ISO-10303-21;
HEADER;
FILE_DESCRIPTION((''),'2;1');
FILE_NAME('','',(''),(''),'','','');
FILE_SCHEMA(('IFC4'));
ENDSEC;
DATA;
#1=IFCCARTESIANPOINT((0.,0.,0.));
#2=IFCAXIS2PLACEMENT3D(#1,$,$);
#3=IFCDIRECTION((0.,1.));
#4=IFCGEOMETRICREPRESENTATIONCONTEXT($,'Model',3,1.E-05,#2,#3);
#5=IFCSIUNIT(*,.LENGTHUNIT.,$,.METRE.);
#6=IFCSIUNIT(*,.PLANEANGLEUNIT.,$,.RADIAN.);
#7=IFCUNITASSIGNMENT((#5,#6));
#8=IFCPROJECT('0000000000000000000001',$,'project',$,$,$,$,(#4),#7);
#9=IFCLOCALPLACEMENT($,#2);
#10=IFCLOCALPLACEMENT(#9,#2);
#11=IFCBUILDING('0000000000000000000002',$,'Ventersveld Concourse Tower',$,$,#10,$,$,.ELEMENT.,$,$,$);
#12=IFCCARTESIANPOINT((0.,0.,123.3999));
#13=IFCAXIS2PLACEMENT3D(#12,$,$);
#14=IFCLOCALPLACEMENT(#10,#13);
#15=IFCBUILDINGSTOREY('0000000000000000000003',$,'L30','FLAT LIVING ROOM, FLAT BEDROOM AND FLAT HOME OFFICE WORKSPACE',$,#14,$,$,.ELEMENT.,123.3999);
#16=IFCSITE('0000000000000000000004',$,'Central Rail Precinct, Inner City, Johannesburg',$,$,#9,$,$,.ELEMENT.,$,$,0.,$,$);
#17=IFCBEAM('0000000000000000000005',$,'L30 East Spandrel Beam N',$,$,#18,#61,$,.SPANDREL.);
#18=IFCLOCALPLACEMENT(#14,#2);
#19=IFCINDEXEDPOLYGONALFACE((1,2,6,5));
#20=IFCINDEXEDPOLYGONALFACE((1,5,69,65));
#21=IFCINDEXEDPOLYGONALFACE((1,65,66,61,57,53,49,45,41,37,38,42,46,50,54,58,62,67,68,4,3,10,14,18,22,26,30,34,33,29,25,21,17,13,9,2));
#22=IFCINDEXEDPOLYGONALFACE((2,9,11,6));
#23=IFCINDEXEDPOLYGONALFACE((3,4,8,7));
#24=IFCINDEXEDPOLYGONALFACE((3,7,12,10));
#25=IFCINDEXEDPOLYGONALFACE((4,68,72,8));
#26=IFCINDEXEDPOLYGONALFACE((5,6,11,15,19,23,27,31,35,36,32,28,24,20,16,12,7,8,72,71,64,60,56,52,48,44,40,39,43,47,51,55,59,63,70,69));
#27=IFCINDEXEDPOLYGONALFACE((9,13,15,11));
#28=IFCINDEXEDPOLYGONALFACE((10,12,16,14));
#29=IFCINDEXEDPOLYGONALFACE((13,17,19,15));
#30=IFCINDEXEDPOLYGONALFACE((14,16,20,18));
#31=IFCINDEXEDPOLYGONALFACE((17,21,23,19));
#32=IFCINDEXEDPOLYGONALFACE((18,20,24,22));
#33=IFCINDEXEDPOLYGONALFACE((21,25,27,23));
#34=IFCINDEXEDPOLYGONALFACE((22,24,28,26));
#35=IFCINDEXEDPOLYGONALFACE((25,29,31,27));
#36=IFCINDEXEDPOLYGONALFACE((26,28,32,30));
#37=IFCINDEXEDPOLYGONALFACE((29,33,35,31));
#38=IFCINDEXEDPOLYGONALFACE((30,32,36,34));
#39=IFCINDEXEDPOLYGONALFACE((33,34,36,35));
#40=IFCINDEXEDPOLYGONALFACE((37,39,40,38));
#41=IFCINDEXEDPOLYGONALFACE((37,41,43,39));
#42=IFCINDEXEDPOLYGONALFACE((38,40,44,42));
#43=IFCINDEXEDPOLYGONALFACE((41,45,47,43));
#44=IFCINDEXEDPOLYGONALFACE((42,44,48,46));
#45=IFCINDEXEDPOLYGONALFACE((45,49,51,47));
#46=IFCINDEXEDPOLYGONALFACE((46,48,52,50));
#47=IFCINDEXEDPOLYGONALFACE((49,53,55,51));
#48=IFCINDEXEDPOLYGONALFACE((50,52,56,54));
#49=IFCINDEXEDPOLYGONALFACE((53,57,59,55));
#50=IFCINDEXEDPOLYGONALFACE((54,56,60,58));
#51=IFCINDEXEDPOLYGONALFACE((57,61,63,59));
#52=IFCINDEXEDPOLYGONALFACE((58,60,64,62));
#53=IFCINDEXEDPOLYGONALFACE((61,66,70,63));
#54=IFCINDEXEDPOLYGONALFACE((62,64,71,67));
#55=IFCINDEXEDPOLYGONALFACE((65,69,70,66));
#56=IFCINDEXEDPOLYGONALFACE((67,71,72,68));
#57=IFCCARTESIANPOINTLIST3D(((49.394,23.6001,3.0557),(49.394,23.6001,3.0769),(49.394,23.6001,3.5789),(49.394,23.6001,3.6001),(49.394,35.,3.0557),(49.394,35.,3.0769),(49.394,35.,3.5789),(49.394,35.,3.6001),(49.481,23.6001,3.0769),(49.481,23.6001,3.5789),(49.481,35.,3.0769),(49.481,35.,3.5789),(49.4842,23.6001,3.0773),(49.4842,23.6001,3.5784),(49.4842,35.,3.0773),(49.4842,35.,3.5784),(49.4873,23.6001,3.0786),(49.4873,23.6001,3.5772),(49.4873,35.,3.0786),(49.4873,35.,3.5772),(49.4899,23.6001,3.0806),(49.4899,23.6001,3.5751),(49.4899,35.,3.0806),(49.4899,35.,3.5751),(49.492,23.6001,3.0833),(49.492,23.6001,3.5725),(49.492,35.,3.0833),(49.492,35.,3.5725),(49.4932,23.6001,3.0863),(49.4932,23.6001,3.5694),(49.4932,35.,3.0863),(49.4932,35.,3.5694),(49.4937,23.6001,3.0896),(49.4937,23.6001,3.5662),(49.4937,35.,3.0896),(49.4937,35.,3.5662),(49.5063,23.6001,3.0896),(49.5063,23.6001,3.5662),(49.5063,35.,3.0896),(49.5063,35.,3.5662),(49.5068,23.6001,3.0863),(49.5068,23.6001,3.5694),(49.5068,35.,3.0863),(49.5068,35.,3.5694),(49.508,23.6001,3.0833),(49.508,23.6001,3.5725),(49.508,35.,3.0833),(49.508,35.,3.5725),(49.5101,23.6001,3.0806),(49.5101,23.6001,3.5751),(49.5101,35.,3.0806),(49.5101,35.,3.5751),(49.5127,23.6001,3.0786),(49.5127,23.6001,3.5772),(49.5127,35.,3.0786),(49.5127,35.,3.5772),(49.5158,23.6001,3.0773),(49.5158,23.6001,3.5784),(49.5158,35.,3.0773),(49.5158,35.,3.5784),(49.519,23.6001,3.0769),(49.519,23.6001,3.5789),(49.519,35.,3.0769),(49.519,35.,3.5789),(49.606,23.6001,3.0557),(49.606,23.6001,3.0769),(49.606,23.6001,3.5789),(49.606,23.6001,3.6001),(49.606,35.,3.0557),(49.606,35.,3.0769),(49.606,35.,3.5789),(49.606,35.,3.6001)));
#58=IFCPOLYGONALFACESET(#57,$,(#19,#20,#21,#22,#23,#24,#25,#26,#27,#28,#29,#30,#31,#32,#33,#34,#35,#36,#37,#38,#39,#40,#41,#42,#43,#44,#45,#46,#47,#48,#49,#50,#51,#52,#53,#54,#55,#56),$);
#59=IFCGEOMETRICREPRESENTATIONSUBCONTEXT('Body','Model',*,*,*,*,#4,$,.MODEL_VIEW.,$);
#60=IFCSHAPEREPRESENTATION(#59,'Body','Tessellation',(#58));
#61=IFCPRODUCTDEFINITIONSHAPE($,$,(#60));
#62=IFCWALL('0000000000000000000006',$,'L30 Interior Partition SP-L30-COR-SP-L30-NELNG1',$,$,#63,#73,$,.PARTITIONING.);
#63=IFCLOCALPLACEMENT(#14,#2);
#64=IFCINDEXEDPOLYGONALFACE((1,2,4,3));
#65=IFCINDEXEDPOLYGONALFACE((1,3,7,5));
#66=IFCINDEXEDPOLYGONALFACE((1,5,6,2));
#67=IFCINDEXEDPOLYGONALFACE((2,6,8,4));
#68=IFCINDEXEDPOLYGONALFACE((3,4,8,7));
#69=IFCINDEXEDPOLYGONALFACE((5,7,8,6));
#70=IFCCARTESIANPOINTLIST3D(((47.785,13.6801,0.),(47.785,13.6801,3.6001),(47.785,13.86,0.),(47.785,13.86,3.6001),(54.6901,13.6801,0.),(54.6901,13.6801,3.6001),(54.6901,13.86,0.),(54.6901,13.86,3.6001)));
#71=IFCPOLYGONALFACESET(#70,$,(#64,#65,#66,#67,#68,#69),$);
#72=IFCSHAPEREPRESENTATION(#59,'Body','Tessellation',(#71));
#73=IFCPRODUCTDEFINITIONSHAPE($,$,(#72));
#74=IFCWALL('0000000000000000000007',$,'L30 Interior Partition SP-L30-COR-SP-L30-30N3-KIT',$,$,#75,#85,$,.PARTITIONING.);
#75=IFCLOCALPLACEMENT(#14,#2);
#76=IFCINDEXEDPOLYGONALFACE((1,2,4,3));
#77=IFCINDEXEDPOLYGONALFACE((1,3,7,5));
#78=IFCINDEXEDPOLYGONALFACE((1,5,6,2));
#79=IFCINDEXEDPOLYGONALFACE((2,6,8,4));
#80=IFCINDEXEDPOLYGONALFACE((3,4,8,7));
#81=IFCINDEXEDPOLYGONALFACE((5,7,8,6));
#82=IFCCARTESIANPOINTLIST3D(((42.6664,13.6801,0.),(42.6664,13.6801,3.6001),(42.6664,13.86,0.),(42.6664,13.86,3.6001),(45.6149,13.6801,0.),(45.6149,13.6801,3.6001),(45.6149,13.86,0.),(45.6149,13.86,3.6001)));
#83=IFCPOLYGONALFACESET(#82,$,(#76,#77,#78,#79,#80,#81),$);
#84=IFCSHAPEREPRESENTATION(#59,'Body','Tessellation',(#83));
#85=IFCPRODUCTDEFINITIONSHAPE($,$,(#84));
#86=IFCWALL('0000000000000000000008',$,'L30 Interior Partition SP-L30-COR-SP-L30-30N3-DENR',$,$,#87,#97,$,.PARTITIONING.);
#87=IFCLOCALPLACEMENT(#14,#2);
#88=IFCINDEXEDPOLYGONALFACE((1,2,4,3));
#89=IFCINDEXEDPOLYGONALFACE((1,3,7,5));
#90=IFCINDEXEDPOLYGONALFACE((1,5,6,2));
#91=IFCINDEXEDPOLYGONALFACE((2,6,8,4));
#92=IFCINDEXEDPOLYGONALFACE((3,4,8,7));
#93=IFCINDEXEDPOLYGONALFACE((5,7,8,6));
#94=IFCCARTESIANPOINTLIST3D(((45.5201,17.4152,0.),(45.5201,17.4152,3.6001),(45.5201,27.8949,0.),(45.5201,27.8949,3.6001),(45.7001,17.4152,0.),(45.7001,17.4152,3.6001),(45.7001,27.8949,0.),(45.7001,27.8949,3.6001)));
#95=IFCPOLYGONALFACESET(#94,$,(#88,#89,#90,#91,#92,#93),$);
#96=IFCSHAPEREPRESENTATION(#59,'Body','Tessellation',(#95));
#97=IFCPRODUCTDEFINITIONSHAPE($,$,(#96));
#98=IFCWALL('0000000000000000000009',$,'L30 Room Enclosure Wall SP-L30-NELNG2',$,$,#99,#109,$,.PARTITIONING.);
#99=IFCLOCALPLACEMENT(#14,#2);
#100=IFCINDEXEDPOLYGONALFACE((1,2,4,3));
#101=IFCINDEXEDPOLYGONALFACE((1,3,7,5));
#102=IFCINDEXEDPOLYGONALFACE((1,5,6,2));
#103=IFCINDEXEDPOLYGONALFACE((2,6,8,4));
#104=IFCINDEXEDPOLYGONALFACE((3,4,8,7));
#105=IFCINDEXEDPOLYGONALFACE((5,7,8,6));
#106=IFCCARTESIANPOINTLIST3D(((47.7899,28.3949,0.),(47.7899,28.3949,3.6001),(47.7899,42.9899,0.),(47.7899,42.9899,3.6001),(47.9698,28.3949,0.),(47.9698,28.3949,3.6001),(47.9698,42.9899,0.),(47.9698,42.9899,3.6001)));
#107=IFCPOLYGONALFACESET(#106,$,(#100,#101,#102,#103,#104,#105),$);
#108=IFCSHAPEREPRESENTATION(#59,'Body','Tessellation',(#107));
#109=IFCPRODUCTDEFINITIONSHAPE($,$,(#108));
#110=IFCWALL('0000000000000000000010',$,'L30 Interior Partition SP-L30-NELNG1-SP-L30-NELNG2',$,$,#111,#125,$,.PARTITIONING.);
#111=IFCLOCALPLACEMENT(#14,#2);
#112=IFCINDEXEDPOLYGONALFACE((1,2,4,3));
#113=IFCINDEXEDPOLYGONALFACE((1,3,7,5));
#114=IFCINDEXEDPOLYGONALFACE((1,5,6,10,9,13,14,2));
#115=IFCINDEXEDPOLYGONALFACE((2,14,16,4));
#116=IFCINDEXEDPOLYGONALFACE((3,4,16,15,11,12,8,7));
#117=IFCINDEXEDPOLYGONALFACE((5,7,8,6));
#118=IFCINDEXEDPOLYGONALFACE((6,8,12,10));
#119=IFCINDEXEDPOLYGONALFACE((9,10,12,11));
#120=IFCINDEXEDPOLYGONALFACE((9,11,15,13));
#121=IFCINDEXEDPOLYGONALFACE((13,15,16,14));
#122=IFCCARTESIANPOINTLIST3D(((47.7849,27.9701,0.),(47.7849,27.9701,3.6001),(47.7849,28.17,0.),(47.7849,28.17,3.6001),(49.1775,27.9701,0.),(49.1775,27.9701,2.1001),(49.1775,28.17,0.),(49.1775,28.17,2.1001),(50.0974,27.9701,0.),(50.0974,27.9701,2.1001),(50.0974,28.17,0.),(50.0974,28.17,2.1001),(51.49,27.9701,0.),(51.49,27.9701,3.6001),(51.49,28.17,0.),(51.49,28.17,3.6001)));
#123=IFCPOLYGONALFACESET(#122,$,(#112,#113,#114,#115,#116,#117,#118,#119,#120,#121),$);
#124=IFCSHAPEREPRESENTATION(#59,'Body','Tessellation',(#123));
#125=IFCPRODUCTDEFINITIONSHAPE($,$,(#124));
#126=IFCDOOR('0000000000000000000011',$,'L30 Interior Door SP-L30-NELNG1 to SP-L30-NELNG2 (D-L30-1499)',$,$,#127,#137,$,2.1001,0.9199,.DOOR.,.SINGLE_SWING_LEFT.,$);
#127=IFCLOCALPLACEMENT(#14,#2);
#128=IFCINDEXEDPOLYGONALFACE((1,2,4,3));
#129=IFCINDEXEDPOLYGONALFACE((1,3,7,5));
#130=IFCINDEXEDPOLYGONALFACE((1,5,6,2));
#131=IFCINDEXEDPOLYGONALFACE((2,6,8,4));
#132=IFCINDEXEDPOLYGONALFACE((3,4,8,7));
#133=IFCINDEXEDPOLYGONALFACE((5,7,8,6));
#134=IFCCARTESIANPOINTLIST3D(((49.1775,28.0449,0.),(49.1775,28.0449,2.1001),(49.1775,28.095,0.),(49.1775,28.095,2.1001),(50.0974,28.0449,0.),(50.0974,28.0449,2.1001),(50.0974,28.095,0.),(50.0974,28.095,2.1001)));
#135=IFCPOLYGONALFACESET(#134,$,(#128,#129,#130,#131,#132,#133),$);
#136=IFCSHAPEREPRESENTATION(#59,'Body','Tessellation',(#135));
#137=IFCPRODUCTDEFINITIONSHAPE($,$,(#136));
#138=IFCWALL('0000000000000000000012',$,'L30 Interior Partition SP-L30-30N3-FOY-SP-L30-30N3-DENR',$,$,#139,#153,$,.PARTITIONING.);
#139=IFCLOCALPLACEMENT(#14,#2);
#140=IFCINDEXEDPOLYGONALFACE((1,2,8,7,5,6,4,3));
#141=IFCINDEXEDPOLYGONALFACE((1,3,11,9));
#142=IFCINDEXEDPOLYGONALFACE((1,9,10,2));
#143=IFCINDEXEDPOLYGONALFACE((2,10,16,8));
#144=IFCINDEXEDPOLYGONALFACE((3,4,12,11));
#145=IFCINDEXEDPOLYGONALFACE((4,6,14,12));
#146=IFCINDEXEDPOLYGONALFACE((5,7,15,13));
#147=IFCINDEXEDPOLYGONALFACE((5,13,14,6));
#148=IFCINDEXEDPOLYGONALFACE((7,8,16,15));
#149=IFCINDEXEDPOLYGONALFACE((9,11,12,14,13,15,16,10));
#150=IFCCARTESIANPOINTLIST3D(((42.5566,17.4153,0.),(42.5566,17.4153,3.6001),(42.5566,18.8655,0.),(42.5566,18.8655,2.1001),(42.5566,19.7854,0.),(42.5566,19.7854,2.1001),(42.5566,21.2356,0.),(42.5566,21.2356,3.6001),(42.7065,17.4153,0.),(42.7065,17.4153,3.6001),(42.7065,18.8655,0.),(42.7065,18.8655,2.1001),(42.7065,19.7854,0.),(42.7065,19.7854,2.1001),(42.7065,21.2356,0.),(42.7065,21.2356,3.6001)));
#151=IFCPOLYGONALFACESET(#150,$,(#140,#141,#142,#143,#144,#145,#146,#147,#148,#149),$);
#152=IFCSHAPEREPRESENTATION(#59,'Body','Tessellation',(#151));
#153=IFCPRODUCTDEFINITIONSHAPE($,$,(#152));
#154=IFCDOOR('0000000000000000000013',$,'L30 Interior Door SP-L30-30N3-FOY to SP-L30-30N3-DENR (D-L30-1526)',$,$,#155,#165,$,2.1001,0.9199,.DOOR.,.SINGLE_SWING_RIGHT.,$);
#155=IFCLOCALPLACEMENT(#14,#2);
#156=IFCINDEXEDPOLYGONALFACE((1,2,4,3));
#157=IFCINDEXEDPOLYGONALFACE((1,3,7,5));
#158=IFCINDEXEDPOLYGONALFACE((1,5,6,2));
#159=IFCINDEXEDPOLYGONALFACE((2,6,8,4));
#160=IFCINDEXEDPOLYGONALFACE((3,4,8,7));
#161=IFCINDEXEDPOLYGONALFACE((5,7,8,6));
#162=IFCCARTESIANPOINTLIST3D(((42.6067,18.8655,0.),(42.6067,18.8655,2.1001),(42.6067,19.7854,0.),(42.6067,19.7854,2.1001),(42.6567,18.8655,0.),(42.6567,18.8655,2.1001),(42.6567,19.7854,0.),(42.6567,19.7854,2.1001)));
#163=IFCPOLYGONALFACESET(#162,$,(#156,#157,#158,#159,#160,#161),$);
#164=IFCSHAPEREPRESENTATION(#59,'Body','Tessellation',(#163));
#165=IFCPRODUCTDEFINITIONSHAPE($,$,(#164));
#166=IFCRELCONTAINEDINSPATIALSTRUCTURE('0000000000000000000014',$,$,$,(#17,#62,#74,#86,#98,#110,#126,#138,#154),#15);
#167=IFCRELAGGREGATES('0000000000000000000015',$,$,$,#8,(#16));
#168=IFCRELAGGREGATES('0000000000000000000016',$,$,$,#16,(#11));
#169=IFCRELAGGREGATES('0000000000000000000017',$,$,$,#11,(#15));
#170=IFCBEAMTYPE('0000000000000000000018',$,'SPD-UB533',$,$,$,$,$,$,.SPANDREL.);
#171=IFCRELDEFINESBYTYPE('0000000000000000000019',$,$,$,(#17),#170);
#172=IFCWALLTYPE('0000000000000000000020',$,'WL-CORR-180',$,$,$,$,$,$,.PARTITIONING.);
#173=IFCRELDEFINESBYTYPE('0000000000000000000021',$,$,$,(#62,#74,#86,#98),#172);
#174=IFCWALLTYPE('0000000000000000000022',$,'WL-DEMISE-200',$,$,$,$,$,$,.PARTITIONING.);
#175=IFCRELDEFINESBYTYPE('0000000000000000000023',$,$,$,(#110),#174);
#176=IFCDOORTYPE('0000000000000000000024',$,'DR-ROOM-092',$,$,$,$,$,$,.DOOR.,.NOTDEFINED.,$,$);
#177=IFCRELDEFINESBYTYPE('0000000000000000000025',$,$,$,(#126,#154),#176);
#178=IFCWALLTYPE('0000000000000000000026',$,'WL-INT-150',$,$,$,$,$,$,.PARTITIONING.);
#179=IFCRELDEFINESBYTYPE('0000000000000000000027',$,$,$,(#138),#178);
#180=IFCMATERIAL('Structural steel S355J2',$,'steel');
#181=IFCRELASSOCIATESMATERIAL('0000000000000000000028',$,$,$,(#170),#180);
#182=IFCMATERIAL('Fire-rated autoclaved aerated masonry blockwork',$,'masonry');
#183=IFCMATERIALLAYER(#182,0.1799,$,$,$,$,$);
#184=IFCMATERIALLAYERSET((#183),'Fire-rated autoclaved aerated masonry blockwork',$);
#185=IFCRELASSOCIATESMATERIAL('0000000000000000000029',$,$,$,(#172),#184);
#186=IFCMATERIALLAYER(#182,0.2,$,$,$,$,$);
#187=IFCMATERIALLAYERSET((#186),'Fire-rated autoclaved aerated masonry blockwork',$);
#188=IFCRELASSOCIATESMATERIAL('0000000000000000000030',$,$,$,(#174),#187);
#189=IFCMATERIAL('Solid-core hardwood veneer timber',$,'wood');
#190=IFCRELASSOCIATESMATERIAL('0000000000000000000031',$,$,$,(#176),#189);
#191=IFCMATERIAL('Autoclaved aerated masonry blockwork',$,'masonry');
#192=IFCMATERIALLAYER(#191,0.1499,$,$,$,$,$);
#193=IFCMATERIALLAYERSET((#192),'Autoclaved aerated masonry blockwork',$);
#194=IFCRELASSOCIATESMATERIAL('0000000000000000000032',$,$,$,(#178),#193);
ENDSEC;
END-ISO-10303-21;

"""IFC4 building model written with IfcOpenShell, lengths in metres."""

from ifc_helpers import new_model, si_unit, direction, frame, frame_2d, origin, origin_2d, place, context, subcontext, project, spatial, rectangle, i_section, extrude, material, layer, layer_set, material_profile, profile_set, type_object, element, fill, save


model = new_model("IFC4")

# Units and contexts
model_context = context("Model", 3, precision=1e-05, world=origin(), true_north=direction((0.0, 1.0)))
body_context = subcontext(model_context, "Body", "Model", "MODEL_VIEW")
ifc_project = project(units=[si_unit("LENGTHUNIT", "METRE"), si_unit("PLANEANGLEUNIT", "RADIAN")], contexts=[model_context])

# Site, building, storey
site_placement = place(None, origin())
site = spatial("IfcSite", under=ifc_project, at=site_placement, Name="Central Rail Precinct, Inner City, Johannesburg", CompositionType="ELEMENT", RefElevation=0.0)
building_placement = place(site_placement, origin())
building = spatial("IfcBuilding", under=site, at=building_placement, Name="Ventersveld Concourse Tower", CompositionType="ELEMENT")
storey_placement = place(building_placement, frame((0.0, 0.0, 123.3999)))
storey = spatial("IfcBuildingStorey", under=building, at=storey_placement, Name="L30", Description="FLAT LIVING ROOM, FLAT BEDROOM AND FLAT HOME OFFICE WORKSPACE", CompositionType="ELEMENT", Elevation=123.3999)

# Beam
ifc_material_1 = material(Name="Structural steel S355J2", Category="steel")
ifc_material_profile_1 = material_profile(ifc_material_1, i_section(OverallWidth=0.2119, OverallDepth=0.5444, WebThickness=0.0127, FlangeThickness=0.0212, FilletRadius=0.0127, at=origin_2d()), Name="UB 533x210x122")
ifc_profile_set_1 = profile_set([ifc_material_profile_1], Name="Structural steel S355J2")
beam_type_1 = type_object("IfcBeamType", Name="SPD-UB533", PredefinedType="SPANDREL", material=ifc_profile_set_1)
beam_1_placement = place(storey_placement, frame((49.5, 23.6001, 3.3279), z_axis=(0.0, 1.0, 0.0), x_axis=(-1.0, 0.0, 0.0)))
element("IfcBeam", 1, at=beam_1_placement, inside=storey, type_object=beam_type_1, Name="L30 East Spandrel Beam N", PredefinedType="SPANDREL", context=body_context, shape_type="SweptSolid", body=[
    extrude(i_section(OverallWidth=0.2119, OverallDepth=0.5444, WebThickness=0.0127, FlangeThickness=0.0212, FilletRadius=0.0127, at=origin_2d()), origin(), (0.0, 0.0, 1.0), 11.3999),
])

# Walls
ifc_material_2 = material(Name="Fire-rated autoclaved aerated masonry blockwork", Category="masonry")
ifc_layer_1 = layer(ifc_material_2, 0.1799)
ifc_layer_set_1 = layer_set([ifc_layer_1], Name="Fire-rated autoclaved aerated masonry blockwork")
wall_type_1 = type_object("IfcWallType", Name="WL-CORR-180", PredefinedType="PARTITIONING", material=ifc_layer_set_1)
wall_1_placement = place(storey_placement, frame((47.7849, 13.77, 0.0), z_axis=(0.0, 0.0, 1.0), x_axis=(1.0, 0.0, 0.0)))
element("IfcWall", 2, at=wall_1_placement, inside=storey, type_object=wall_type_1, Name="L30 Interior Partition SP-L30-COR-SP-L30-NELNG1", PredefinedType="PARTITIONING", context=body_context, shape_type="SweptSolid", body=[
    extrude(rectangle(XDim=6.905, YDim=0.1799, at=frame_2d((3.4526, 0.0))), origin(), (0.0, 0.0, 1.0), 3.6001),
])
wall_2_placement = place(storey_placement, frame((42.6665, 13.77, 0.0), z_axis=(0.0, 0.0, 1.0), x_axis=(1.0, 0.0, 0.0)))
element("IfcWall", 3, at=wall_2_placement, inside=storey, type_object=wall_type_1, Name="L30 Interior Partition SP-L30-COR-SP-L30-30N3-KIT", PredefinedType="PARTITIONING", context=body_context, shape_type="SweptSolid", body=[
    extrude(rectangle(XDim=2.9485, YDim=0.1799, at=frame_2d((1.4741, 0.0))), origin(), (0.0, 0.0, 1.0), 3.6001),
])
wall_3_placement = place(storey_placement, frame((45.6101, 17.4153, 0.0), z_axis=(0.0, 0.0, 1.0), x_axis=(0.0, 1.0, 0.0)))
element("IfcWall", 4, at=wall_3_placement, inside=storey, type_object=wall_type_1, Name="L30 Interior Partition SP-L30-COR-SP-L30-30N3-DENR", PredefinedType="PARTITIONING", context=body_context, shape_type="SweptSolid", body=[
    extrude(rectangle(XDim=10.4797, YDim=0.1799, at=frame_2d((5.2397, 0.0))), origin(), (0.0, 0.0, 1.0), 3.6001),
])
wall_4_placement = place(storey_placement, frame((47.8799, 28.395, 0.0), z_axis=(0.0, 0.0, 1.0), x_axis=(0.0, 1.0, 0.0)))
element("IfcWall", 5, at=wall_4_placement, inside=storey, type_object=wall_type_1, Name="L30 Room Enclosure Wall SP-L30-NELNG2", PredefinedType="PARTITIONING", context=body_context, shape_type="SweptSolid", body=[
    extrude(rectangle(XDim=14.595, YDim=0.1799, at=frame_2d((7.2974, 0.0))), origin(), (0.0, 0.0, 1.0), 3.6001),
])

# Walls, openings, doors
ifc_layer_2 = layer(ifc_material_2, 0.2)
ifc_layer_set_2 = layer_set([ifc_layer_2], Name="Fire-rated autoclaved aerated masonry blockwork")
wall_type_2 = type_object("IfcWallType", Name="WL-DEMISE-200", PredefinedType="PARTITIONING", material=ifc_layer_set_2)
wall_5_placement = place(storey_placement, frame((47.7849, 28.0701, 0.0), z_axis=(0.0, 0.0, 1.0), x_axis=(1.0, 0.0, 0.0)))
wall_5 = element("IfcWall", 6, at=wall_5_placement, inside=storey, type_object=wall_type_2, Name="L30 Interior Partition SP-L30-NELNG1-SP-L30-NELNG2", PredefinedType="PARTITIONING", context=body_context, shape_type="SweptSolid", body=[
    extrude(rectangle(XDim=3.7051, YDim=0.2, at=frame_2d((1.8525, 0.0))), origin(), (0.0, 0.0, 1.0), 3.6001),
])
opening_1_placement = place(wall_5_placement, frame((1.3926, 0.0, 0.0)))
opening_1 = element("IfcOpeningElement", 7, at=opening_1_placement, cuts=wall_5, PredefinedType="OPENING", context=body_context, shape_type="SweptSolid", body=[
    extrude(rectangle(XDim=0.9199, YDim=2.1001, at=frame_2d((0.46, 1.05))), frame((0.0, 0.1099, 0.0), z_axis=(0.0, -1.0, 0.0), x_axis=(1.0, 0.0, 0.0)), (0.0, 0.0, 1.0), 0.22),
])
ifc_material_3 = material(Name="Solid-core hardwood veneer timber", Category="wood")
door_type_1 = type_object("IfcDoorType", Name="DR-ROOM-092", OperationType="NOTDEFINED", PredefinedType="DOOR", material=ifc_material_3)
door_1_placement = place(opening_1_placement, origin())
door_1 = element("IfcDoor", 8, at=door_1_placement, inside=storey, type_object=door_type_1, Name="L30 Interior Door SP-L30-NELNG1 to SP-L30-NELNG2 (D-L30-1499)", OperationType="SINGLE_SWING_LEFT", OverallHeight=2.1001, OverallWidth=0.9199, PredefinedType="DOOR", context=body_context, shape_type="SweptSolid", body=[
    extrude(rectangle(XDim=0.9199, YDim=2.1001, at=frame_2d((0.46, 1.05))), frame((0.0, 0.0249, 0.0), z_axis=(0.0, -1.0, 0.0), x_axis=(1.0, 0.0, 0.0)), (0.0, 0.0, 1.0), 0.05),
])
fill(opening_1, door_1)
ifc_material_4 = material(Name="Autoclaved aerated masonry blockwork", Category="masonry")
ifc_layer_3 = layer(ifc_material_4, 0.1499)
ifc_layer_set_3 = layer_set([ifc_layer_3], Name="Autoclaved aerated masonry blockwork")
wall_type_3 = type_object("IfcWallType", Name="WL-INT-150", PredefinedType="PARTITIONING", material=ifc_layer_set_3)
wall_6_placement = place(storey_placement, frame((42.6316, 17.4153, 0.0), z_axis=(0.0, 0.0, 1.0), x_axis=(0.0, 1.0, 0.0)))
wall_6 = element("IfcWall", 9, at=wall_6_placement, inside=storey, type_object=wall_type_3, Name="L30 Interior Partition SP-L30-30N3-FOY-SP-L30-30N3-DENR", PredefinedType="PARTITIONING", context=body_context, shape_type="SweptSolid", body=[
    extrude(rectangle(XDim=3.8203, YDim=0.1499, at=frame_2d((1.9102, 0.0))), origin(), (0.0, 0.0, 1.0), 3.6001),
])
opening_2_placement = place(wall_6_placement, frame((1.4502, 0.0, 0.0)))
opening_2 = element("IfcOpeningElement", 10, at=opening_2_placement, cuts=wall_6, PredefinedType="OPENING", context=body_context, shape_type="SweptSolid", body=[
    extrude(rectangle(XDim=0.9199, YDim=2.1001, at=frame_2d((0.46, 1.05))), frame((0.0, 0.085, 0.0), z_axis=(0.0, -1.0, 0.0), x_axis=(1.0, 0.0, 0.0)), (0.0, 0.0, 1.0), 0.1699),
])
door_2_placement = place(opening_2_placement, origin())
door_2 = element("IfcDoor", 11, at=door_2_placement, inside=storey, type_object=door_type_1, Name="L30 Interior Door SP-L30-30N3-FOY to SP-L30-30N3-DENR (D-L30-1526)", OperationType="SINGLE_SWING_RIGHT", OverallHeight=2.1001, OverallWidth=0.9199, PredefinedType="DOOR", context=body_context, shape_type="SweptSolid", body=[
    extrude(rectangle(XDim=0.9199, YDim=2.1001, at=frame_2d((0.46, 1.05))), frame((0.0, 0.0249, 0.0), z_axis=(0.0, -1.0, 0.0), x_axis=(1.0, 0.0, 0.0)), (0.0, 0.0, 1.0), 0.05),
])
fill(opening_2, door_2)

save(model, "model.ifc")
